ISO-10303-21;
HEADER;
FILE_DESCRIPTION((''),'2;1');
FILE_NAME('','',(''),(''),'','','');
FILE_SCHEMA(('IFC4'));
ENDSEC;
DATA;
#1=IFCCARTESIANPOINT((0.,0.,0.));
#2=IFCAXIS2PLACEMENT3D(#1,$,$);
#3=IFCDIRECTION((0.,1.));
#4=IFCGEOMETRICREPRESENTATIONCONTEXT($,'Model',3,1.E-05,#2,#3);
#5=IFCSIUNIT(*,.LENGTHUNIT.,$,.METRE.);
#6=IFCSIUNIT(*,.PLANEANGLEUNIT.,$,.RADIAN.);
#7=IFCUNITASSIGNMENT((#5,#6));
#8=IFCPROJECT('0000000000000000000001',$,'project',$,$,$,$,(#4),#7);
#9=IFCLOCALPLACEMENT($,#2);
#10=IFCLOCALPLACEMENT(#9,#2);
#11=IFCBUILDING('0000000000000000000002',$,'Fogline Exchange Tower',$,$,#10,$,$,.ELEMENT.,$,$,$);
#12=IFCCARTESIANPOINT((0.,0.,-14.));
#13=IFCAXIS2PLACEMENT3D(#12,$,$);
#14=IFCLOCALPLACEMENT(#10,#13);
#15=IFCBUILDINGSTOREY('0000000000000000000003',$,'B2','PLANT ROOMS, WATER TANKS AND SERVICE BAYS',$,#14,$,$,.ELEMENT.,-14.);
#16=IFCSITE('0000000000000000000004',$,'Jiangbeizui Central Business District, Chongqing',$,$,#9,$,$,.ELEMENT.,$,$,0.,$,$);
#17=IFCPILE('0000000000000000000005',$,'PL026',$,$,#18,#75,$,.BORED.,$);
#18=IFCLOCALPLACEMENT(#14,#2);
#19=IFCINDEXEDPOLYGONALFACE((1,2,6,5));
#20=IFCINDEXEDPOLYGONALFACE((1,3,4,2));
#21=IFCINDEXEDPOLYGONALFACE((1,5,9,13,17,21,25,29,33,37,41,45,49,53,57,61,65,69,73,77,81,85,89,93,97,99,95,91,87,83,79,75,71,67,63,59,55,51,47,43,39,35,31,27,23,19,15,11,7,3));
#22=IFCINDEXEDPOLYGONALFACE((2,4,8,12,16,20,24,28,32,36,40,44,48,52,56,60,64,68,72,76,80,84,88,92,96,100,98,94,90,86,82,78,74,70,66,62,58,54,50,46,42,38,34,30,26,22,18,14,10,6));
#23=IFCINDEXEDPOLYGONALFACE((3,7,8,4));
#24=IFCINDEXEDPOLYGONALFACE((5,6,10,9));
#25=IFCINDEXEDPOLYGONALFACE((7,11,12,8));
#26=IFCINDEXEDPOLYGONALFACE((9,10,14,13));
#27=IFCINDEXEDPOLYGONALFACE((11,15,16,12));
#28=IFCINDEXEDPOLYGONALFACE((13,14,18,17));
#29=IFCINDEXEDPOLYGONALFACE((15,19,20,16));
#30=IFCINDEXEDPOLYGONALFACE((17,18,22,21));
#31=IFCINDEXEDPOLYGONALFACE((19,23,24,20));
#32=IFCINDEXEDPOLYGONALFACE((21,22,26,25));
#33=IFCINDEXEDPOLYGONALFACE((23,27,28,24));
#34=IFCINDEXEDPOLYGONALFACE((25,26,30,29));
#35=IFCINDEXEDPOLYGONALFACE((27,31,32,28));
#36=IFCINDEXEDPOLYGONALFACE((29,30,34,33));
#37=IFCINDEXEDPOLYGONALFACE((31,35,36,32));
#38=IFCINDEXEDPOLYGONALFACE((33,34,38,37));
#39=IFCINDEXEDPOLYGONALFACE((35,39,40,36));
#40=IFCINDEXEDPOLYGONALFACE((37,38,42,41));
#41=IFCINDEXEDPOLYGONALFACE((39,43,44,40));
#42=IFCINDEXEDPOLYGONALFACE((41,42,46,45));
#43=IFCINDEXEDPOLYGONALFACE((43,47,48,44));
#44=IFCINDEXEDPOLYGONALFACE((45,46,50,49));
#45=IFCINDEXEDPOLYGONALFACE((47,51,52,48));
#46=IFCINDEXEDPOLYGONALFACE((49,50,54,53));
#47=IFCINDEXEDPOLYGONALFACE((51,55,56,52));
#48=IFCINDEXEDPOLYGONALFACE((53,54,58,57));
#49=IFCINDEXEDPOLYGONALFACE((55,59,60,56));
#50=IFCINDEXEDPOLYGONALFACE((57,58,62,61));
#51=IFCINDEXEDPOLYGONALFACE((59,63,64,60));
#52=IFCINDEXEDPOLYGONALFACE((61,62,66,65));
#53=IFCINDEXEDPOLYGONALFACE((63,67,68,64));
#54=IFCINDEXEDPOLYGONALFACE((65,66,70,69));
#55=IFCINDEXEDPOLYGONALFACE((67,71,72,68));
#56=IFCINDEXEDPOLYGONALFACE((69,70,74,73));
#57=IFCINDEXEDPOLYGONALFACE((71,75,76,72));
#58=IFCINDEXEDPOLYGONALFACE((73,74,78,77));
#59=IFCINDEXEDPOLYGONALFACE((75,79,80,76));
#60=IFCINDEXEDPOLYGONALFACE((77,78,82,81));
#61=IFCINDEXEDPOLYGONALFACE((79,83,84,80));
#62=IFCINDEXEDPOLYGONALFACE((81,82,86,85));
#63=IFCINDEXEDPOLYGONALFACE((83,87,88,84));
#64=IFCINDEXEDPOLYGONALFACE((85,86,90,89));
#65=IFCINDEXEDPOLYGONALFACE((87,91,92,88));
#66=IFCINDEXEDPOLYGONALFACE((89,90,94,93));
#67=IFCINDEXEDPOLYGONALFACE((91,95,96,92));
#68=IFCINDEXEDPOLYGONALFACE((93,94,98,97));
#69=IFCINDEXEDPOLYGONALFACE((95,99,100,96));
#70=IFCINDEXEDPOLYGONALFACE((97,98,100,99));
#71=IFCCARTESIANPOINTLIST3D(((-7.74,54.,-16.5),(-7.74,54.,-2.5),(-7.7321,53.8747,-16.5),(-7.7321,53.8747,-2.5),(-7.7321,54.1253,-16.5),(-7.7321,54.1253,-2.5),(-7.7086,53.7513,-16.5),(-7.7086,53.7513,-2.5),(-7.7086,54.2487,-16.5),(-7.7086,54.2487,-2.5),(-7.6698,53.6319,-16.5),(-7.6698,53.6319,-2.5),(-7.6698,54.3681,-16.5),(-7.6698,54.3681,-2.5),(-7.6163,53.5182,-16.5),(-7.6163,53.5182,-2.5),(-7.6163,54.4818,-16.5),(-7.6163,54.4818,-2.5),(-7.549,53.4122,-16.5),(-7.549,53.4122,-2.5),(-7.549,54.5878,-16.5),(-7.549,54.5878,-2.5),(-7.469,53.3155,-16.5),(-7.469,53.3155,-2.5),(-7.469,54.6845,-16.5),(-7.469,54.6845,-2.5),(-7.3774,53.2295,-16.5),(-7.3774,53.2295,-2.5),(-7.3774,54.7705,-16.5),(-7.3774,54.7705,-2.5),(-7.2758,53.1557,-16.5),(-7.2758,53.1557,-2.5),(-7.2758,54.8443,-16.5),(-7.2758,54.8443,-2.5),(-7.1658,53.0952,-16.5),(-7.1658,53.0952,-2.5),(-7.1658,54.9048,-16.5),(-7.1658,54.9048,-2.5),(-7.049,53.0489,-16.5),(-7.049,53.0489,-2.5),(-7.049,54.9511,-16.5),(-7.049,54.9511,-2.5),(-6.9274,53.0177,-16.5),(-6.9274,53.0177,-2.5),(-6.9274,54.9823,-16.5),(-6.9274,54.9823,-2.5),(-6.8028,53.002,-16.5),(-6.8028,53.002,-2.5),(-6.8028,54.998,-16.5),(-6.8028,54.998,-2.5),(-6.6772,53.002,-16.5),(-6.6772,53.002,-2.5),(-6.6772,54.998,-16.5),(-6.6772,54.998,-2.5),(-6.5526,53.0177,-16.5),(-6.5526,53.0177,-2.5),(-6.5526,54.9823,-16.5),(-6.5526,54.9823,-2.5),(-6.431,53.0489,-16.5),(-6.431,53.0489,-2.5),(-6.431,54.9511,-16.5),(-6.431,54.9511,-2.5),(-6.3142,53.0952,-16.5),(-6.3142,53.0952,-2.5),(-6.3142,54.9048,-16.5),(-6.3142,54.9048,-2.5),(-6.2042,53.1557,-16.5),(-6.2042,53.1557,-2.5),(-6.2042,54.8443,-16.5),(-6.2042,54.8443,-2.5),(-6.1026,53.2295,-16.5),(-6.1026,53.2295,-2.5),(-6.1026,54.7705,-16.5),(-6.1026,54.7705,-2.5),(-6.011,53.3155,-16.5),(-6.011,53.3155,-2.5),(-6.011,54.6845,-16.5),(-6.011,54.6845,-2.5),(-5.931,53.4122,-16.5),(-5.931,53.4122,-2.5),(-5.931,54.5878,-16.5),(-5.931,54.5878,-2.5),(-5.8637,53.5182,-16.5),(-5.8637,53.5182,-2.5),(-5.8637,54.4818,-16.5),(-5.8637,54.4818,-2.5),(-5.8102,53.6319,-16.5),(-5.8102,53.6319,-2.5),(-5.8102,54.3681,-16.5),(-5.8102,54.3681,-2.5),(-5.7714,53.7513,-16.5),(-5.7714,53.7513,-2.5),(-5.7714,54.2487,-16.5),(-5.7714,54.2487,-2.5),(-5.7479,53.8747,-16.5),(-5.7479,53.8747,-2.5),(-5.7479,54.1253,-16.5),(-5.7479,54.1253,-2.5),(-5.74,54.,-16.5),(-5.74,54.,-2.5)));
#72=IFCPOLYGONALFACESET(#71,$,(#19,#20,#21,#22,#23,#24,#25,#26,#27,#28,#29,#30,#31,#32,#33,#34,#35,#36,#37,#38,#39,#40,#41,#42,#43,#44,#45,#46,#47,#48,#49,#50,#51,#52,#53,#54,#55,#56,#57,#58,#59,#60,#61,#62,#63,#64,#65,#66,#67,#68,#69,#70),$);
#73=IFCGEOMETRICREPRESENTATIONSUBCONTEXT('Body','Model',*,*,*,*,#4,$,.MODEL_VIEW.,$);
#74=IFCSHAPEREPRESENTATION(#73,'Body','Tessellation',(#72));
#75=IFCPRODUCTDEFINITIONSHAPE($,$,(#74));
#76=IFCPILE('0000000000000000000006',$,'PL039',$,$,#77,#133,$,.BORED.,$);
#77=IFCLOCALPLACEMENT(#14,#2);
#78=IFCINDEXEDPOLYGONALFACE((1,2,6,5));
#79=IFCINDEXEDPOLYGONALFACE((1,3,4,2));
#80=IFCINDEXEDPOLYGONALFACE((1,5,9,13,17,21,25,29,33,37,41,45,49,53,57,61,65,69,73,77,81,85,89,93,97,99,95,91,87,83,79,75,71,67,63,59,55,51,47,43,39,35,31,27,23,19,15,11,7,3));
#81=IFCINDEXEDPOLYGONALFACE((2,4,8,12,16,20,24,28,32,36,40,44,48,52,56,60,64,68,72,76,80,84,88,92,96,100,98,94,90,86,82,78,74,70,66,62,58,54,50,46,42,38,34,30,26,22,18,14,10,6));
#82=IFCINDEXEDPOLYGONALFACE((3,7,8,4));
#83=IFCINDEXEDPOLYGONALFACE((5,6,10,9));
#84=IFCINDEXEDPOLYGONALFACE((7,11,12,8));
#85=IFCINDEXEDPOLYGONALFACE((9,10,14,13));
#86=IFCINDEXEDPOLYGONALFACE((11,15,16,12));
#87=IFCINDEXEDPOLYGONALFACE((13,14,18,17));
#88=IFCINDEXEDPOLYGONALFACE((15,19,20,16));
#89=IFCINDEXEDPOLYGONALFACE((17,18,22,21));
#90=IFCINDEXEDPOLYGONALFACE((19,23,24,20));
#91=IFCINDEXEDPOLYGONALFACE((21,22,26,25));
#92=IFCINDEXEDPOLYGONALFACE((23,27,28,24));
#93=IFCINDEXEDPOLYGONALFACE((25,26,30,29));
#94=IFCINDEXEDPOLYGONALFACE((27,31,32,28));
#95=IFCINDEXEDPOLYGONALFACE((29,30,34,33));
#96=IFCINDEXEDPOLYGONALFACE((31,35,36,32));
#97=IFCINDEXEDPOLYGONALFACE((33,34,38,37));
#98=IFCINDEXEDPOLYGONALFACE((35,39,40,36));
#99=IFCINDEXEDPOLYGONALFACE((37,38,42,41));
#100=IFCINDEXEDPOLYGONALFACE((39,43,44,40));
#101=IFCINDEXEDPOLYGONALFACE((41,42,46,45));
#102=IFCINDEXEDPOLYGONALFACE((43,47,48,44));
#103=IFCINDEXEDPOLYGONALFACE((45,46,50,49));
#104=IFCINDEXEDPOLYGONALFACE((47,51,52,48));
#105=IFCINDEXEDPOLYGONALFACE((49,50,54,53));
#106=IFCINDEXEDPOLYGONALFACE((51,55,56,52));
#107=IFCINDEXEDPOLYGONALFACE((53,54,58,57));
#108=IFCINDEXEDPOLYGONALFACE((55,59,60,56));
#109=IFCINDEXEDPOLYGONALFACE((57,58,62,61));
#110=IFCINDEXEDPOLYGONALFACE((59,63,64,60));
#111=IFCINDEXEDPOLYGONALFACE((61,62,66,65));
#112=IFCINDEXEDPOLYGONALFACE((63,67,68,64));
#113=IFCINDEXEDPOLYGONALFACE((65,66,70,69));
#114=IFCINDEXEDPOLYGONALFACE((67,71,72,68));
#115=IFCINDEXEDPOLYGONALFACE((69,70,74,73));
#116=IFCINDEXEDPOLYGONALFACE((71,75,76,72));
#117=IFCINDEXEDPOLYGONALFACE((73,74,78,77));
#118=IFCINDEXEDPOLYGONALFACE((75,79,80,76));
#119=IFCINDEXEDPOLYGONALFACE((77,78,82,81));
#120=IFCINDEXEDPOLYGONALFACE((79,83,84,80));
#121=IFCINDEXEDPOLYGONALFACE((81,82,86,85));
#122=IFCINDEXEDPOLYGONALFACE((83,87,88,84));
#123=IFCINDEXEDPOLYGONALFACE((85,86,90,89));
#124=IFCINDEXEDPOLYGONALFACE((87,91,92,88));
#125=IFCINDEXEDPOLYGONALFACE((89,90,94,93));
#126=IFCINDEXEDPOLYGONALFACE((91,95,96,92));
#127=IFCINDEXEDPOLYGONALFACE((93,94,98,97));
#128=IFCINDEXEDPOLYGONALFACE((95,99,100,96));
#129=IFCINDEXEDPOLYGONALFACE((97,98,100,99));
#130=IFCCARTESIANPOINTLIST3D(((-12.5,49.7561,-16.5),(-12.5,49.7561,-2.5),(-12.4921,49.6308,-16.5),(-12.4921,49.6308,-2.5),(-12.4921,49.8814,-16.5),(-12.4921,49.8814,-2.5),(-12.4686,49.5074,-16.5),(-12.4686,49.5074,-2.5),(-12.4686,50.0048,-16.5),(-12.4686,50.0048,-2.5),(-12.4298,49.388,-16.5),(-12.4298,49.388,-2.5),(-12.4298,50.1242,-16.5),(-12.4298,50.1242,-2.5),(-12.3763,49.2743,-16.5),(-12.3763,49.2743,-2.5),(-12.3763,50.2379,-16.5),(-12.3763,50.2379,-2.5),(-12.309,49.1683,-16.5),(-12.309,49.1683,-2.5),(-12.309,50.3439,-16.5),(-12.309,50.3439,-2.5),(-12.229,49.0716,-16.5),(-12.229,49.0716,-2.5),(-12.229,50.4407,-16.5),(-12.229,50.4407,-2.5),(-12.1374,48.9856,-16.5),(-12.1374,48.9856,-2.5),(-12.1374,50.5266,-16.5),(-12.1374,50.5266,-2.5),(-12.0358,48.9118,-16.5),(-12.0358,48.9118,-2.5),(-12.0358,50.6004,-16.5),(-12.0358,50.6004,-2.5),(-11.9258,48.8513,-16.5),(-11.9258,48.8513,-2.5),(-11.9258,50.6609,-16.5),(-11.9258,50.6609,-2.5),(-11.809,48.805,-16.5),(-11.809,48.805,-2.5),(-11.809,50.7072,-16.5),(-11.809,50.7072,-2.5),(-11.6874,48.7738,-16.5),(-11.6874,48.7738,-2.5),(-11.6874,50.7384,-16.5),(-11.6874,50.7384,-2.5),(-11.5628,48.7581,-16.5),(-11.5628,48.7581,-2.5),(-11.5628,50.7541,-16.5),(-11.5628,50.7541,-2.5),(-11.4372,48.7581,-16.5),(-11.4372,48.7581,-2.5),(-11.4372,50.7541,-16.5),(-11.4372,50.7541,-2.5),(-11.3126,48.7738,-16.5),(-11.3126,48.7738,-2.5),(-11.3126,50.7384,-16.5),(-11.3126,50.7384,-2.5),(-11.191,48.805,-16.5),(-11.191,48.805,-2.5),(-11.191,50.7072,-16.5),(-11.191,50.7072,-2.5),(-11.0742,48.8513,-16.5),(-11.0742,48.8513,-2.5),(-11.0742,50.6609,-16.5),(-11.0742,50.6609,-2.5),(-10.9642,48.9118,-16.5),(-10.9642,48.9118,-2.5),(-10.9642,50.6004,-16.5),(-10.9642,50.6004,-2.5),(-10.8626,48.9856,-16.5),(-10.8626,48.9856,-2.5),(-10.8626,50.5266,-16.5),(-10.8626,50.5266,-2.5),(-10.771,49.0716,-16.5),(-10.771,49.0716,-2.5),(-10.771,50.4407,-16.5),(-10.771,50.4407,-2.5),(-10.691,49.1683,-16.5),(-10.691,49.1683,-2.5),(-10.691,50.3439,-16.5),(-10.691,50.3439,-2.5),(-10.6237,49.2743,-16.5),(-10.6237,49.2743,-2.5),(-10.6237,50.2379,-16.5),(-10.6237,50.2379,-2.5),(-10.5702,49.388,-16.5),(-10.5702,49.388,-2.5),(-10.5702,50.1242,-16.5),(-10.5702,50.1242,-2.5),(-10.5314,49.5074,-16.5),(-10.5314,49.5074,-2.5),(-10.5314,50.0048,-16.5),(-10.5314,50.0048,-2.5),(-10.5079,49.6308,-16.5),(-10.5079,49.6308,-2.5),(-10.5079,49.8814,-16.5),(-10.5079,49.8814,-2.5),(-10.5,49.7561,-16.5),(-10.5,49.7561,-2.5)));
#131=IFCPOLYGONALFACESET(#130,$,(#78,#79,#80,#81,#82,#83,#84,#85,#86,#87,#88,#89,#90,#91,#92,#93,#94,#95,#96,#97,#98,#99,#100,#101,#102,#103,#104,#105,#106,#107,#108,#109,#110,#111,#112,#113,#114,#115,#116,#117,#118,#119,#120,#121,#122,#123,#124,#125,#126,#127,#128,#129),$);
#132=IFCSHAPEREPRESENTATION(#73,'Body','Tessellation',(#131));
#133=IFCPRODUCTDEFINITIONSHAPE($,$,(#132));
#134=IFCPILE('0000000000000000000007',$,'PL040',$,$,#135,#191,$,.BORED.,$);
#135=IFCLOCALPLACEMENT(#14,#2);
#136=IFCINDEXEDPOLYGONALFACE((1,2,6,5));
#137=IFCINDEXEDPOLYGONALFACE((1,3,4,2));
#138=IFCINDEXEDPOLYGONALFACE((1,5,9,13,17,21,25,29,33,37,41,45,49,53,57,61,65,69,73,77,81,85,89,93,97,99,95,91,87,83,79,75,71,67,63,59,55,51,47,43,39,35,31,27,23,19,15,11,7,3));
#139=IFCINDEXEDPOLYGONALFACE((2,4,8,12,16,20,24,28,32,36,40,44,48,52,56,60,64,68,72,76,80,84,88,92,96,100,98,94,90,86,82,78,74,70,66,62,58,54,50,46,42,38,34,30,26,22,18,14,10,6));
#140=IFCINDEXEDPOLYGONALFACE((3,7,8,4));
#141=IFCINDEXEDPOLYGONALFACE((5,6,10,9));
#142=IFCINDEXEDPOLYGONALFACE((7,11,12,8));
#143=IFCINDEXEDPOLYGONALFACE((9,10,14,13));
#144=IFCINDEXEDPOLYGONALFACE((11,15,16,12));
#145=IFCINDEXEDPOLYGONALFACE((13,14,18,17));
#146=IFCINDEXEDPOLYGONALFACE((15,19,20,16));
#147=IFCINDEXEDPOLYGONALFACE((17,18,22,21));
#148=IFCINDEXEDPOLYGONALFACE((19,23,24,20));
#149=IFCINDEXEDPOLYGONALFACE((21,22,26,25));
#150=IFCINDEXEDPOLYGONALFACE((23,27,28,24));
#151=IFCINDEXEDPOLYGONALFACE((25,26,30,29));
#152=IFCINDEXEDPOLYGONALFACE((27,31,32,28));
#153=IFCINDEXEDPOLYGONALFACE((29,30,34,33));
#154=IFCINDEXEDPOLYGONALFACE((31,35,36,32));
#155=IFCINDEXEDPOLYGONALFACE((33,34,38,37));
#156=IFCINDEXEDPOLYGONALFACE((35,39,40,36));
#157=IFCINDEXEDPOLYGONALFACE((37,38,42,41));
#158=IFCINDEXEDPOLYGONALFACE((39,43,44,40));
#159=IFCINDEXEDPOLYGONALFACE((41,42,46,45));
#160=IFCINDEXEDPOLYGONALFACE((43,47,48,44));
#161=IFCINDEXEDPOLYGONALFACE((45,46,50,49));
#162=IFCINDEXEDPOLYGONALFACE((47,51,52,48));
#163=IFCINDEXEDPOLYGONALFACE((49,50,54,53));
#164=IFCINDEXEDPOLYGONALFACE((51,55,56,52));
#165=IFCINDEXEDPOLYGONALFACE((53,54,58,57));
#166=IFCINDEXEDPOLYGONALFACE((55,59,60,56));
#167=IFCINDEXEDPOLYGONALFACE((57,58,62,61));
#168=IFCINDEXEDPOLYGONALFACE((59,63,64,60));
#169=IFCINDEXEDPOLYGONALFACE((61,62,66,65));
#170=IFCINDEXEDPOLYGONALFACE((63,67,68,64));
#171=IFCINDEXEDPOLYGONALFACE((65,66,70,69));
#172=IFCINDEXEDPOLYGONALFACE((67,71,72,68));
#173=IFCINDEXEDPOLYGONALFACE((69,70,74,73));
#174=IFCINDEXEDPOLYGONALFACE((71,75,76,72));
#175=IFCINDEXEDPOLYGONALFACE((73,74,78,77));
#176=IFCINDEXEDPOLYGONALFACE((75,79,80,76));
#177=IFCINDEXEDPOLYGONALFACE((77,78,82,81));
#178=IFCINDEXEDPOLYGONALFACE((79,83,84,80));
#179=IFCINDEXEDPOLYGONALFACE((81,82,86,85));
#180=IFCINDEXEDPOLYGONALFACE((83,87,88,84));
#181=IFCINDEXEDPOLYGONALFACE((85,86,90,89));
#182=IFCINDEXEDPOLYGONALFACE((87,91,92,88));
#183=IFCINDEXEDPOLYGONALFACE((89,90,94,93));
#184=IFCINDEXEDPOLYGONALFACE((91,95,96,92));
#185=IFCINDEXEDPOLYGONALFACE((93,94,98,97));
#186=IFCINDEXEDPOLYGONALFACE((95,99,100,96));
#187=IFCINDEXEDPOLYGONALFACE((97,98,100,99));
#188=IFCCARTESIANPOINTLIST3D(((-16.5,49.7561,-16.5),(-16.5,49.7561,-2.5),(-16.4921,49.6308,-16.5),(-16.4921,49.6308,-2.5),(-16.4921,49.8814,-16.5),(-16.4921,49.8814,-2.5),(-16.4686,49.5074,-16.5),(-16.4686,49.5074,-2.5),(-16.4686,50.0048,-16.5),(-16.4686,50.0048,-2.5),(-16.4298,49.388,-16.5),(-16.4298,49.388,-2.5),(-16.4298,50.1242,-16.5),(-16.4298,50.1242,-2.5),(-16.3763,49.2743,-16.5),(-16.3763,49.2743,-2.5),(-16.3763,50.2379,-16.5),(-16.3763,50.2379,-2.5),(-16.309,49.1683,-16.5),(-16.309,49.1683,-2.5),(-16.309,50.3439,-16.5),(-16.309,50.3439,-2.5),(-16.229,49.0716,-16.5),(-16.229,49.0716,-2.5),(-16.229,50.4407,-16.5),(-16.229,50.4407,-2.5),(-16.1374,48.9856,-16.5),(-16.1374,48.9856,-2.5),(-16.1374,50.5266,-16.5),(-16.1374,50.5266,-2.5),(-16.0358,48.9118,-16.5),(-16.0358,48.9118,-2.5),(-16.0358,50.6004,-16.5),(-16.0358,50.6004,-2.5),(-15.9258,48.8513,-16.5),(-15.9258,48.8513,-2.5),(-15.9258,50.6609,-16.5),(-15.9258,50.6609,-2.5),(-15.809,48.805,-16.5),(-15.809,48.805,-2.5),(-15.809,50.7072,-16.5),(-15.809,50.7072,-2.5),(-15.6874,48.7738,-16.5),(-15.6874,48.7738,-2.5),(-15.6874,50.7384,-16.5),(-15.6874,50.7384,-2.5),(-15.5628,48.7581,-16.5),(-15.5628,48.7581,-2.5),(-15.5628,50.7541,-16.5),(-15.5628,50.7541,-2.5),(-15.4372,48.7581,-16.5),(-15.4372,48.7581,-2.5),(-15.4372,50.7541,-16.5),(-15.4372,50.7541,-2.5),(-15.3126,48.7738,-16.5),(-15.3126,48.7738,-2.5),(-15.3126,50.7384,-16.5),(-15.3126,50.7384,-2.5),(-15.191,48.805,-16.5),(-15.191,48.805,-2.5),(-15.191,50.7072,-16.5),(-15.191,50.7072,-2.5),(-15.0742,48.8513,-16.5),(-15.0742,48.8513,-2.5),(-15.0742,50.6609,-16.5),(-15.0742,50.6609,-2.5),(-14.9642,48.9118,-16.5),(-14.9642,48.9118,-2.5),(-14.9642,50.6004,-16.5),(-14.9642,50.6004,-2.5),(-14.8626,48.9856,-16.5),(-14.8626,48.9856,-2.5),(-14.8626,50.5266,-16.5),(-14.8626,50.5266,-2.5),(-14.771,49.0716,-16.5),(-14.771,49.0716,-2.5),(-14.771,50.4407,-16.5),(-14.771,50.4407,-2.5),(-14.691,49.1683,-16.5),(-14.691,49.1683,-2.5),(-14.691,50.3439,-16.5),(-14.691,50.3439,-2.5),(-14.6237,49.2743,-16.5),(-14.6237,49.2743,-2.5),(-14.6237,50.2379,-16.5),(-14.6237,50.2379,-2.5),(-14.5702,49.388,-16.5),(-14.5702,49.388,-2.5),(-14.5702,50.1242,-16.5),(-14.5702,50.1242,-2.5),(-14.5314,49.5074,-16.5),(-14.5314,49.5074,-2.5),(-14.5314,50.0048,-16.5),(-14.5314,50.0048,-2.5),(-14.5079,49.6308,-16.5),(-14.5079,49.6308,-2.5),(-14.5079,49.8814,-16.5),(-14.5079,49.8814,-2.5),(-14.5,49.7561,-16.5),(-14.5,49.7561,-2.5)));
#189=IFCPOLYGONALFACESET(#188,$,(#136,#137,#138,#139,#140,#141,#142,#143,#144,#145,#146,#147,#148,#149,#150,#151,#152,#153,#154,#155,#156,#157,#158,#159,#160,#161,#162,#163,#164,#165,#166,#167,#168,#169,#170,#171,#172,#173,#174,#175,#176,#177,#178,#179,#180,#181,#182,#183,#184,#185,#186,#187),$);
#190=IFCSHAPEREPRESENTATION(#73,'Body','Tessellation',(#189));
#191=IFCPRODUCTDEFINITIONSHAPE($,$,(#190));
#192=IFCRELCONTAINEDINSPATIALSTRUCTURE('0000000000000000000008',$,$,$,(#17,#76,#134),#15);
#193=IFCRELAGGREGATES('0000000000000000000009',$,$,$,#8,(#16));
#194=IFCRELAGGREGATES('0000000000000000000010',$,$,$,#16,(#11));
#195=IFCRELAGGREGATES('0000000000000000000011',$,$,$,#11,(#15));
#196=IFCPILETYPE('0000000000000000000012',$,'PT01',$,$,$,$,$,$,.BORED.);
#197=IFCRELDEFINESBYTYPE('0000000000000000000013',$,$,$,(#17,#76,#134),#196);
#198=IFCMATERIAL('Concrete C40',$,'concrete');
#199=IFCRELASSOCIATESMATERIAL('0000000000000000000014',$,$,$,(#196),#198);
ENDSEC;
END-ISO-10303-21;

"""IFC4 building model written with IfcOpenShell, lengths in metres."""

from ifc_helpers import new_model, si_unit, direction, frame, origin, origin_2d, place, context, subcontext, project, spatial, circle, extrude, material, material_profile, profile_set, type_object, element, save


model = new_model("IFC4")

# Units and contexts
model_context = context("Model", 3, precision=1e-05, world=origin(), true_north=direction((0.0, 1.0)))
body_context = subcontext(model_context, "Body", "Model", "MODEL_VIEW")
ifc_project = project(units=[si_unit("LENGTHUNIT", "METRE"), si_unit("PLANEANGLEUNIT", "RADIAN")], contexts=[model_context])

# Site, building, storey
site_placement = place(None, origin())
site = spatial("IfcSite", under=ifc_project, at=site_placement, Name="Jiangbeizui Central Business District, Chongqing", CompositionType="ELEMENT", RefElevation=0.0)
building_placement = place(site_placement, origin())
building = spatial("IfcBuilding", under=site, at=building_placement, Name="Fogline Exchange Tower", CompositionType="ELEMENT")
storey_placement = place(building_placement, frame((0.0, 0.0, -14.0)))
storey = spatial("IfcBuildingStorey", under=building, at=storey_placement, Name="B2", Description="PLANT ROOMS, WATER TANKS AND SERVICE BAYS", CompositionType="ELEMENT", Elevation=-14.0)

# Piles
ifc_material_1 = material(Name="Concrete C40", Category="concrete")
ifc_material_profile_1 = material_profile(ifc_material_1, circle(Radius=1.0, at=origin_2d()), Name="RC D2000")
ifc_profile_set_1 = profile_set([ifc_material_profile_1], Name="Concrete C40")
pile_type = type_object("IfcPileType", Name="PT01", PredefinedType="BORED", material=ifc_profile_set_1)
for number, where, z_axis, x_axis, name in (
    (1, (-6.74, 54.0, -2.5), (0.0, 0.0, -1.0), (1.0, 0.0, 0.0), "PL026"),
    (2, (-11.5, 49.7561, -2.5), (0.0, 0.0, -1.0), (1.0, 0.0, 0.0), "PL039"),
    (3, (-15.5, 49.7561, -2.5), (0.0, 0.0, -1.0), (1.0, 0.0, 0.0), "PL040"),
):
    element("IfcPile", number, at=place(storey_placement, frame(where, z_axis=z_axis, x_axis=x_axis)), inside=storey, type_object=pile_type, Name=name, PredefinedType="BORED", context=body_context, shape_type="SweptSolid", body=[
        extrude(circle(Radius=1.0, at=origin_2d()), origin(), (0.0, 0.0, 1.0), 14.0),
    ])

save(model, "model.ifc")
